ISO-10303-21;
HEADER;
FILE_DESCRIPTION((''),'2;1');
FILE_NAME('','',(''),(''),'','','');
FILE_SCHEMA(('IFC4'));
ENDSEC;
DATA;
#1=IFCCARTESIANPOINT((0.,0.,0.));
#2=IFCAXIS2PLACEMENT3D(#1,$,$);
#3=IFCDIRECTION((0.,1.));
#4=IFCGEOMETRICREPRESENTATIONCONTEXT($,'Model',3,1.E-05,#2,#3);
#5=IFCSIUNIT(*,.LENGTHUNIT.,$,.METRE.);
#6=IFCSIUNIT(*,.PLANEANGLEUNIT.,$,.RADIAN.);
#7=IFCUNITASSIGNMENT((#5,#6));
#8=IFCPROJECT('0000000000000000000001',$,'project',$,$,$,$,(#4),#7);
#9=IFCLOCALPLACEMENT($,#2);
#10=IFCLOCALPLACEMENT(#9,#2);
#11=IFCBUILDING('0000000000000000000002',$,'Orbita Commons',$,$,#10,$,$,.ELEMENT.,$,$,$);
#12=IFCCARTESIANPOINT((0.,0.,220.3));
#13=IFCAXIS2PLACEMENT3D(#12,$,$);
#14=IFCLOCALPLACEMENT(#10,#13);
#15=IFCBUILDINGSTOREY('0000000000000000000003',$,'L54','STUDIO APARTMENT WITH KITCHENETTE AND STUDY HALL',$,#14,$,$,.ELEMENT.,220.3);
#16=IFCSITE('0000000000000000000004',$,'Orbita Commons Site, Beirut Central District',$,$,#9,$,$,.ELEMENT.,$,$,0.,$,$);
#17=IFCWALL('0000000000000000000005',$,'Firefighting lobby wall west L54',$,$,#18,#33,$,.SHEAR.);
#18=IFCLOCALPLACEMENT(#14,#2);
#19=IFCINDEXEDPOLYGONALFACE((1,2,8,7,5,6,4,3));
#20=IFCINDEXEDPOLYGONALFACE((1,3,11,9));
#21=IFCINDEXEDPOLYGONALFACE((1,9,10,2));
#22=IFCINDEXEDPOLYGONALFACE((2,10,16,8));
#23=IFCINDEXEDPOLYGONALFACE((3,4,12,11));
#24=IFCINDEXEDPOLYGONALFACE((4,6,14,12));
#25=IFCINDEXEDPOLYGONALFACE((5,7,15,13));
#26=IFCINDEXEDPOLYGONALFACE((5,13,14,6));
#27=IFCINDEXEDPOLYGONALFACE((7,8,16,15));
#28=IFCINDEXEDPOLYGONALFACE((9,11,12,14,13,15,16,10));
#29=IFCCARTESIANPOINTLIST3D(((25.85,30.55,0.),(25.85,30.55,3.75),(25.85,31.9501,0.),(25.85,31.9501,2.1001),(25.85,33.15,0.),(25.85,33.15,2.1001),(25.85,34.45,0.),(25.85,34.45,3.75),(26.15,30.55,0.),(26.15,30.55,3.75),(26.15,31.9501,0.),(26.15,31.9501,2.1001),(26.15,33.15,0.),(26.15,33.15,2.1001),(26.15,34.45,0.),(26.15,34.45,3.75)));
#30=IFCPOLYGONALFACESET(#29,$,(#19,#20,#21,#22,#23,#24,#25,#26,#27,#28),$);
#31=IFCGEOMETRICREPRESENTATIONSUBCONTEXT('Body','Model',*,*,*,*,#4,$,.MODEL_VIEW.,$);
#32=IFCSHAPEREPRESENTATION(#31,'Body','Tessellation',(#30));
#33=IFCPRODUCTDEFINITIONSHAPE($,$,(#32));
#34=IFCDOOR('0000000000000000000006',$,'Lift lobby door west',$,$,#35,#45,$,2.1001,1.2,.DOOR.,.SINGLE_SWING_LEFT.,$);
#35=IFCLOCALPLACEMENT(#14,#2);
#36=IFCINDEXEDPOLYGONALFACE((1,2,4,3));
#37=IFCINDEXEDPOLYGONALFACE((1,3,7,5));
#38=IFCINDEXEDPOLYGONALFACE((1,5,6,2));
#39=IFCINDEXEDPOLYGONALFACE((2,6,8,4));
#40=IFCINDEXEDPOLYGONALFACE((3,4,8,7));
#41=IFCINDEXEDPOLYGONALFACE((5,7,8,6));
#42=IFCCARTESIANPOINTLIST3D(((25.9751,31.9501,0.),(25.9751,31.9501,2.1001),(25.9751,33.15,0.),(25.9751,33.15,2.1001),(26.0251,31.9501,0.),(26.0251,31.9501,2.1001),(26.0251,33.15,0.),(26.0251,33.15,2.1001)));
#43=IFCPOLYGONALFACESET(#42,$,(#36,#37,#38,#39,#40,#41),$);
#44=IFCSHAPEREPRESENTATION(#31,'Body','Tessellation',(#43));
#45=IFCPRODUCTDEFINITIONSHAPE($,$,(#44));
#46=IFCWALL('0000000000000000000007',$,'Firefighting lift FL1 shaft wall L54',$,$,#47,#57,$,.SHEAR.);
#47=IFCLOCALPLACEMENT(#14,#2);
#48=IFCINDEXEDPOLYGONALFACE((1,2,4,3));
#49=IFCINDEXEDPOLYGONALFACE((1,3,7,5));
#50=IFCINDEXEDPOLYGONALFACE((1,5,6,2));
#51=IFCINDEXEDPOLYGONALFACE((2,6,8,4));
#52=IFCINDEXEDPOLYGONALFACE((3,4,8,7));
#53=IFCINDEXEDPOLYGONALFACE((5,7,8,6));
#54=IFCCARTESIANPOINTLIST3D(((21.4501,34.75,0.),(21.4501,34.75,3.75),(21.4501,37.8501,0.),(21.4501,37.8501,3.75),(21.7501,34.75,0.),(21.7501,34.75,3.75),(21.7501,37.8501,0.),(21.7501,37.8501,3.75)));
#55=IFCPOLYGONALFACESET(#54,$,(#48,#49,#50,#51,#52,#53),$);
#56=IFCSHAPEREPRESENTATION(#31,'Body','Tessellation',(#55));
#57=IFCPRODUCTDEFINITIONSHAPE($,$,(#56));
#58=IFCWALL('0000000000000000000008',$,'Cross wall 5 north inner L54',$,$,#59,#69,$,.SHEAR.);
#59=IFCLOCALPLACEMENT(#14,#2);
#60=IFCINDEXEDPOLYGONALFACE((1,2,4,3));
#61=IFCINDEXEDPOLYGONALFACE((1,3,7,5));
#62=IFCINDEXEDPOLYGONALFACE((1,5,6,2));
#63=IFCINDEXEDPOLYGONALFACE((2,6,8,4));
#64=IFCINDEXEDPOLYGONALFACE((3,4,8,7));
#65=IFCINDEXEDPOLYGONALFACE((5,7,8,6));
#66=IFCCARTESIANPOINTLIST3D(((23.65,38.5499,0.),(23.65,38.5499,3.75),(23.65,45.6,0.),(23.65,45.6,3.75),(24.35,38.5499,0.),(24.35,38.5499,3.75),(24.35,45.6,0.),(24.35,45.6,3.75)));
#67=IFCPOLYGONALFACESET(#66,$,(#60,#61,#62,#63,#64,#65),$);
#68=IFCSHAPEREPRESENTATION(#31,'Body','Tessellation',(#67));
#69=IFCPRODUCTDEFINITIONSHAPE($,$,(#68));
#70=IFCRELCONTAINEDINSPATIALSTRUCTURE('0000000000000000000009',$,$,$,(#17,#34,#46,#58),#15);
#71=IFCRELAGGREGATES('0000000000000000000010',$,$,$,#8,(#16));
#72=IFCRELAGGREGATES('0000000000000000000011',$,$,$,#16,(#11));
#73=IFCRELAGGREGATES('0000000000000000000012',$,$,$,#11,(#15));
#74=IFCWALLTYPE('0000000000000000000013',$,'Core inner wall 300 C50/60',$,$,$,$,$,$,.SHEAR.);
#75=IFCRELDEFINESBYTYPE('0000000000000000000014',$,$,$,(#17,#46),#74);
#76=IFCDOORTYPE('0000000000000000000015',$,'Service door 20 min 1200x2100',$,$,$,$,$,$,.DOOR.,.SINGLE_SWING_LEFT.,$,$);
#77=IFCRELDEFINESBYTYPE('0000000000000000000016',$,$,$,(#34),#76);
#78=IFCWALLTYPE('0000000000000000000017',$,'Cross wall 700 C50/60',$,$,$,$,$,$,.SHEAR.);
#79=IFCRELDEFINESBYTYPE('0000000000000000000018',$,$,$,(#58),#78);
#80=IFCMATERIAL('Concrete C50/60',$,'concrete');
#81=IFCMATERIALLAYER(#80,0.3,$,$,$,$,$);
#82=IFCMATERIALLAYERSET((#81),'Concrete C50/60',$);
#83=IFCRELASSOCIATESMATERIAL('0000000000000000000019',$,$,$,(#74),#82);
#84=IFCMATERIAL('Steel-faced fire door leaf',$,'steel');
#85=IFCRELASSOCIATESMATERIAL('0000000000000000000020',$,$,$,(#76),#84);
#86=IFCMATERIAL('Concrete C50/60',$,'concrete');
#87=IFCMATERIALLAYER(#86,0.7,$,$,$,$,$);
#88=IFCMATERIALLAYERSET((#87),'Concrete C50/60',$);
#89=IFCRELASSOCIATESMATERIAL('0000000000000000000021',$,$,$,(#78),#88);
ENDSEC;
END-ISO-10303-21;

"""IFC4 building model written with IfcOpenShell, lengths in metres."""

from ifc_helpers import new_model, si_unit, direction, frame, frame_2d, origin, place, context, subcontext, project, spatial, rectangle, extrude, material, layer, layer_set, type_object, element, fill, save


model = new_model("IFC4")

# Units and contexts
model_context = context("Model", 3, precision=1e-05, world=origin(), true_north=direction((0.0, 1.0)))
body_context = subcontext(model_context, "Body", "Model", "MODEL_VIEW")
ifc_project = project(units=[si_unit("LENGTHUNIT", "METRE"), si_unit("PLANEANGLEUNIT", "RADIAN")], contexts=[model_context])

# Site, building, storey
site_placement = place(None, origin())
site = spatial("IfcSite", under=ifc_project, at=site_placement, Name="Orbita Commons Site, Beirut Central District", CompositionType="ELEMENT", RefElevation=0.0)
building_placement = place(site_placement, origin())
building = spatial("IfcBuilding", under=site, at=building_placement, Name="Orbita Commons", CompositionType="ELEMENT")
storey_placement = place(building_placement, frame((0.0, 0.0, 220.3)))
storey = spatial("IfcBuildingStorey", under=building, at=storey_placement, Name="L54", Description="STUDIO APARTMENT WITH KITCHENETTE AND STUDY HALL", CompositionType="ELEMENT", Elevation=220.3)

# Shared definitions
ifc_material_1 = material(Name="Concrete C50/60", Category="concrete")
ifc_layer_1 = layer(ifc_material_1, 0.3)
ifc_layer_set_1 = layer_set([ifc_layer_1], Name="Concrete C50/60")
wall_type_1 = type_object("IfcWallType", Name="Core inner wall 300 C50/60", PredefinedType="SHEAR", material=ifc_layer_set_1)

# Wall, opening, door
wall_1_placement = place(storey_placement, frame((26.0, 30.55, 0.0), z_axis=(0.0, 0.0, 1.0), x_axis=(0.0, 1.0, 0.0)))
wall_1 = element("IfcWall", 1, at=wall_1_placement, inside=storey, type_object=wall_type_1, Name="Firefighting lobby wall west L54", PredefinedType="SHEAR", context=body_context, shape_type="SweptSolid", body=[
    extrude(rectangle(XDim=3.8999, YDim=0.3, at=frame_2d((1.95, 0.0))), origin(), (0.0, 0.0, 1.0), 3.75),
])
opening_1_placement = place(wall_1_placement, frame((1.3999, 0.0, 0.0)))
opening_1 = element("IfcOpeningElement", 2, at=opening_1_placement, cuts=wall_1, PredefinedType="OPENING", context=body_context, shape_type="SweptSolid", body=[
    extrude(rectangle(XDim=1.2, YDim=2.1001, at=frame_2d((0.6001, 1.05))), frame((0.0, 0.1599, 0.0), z_axis=(0.0, -1.0, 0.0), x_axis=(1.0, 0.0, 0.0)), (0.0, 0.0, 1.0), 0.3201),
])
ifc_material_2 = material(Name="Steel-faced fire door leaf", Category="steel")
door_type_1 = type_object("IfcDoorType", Name="Service door 20 min 1200x2100", OperationType="SINGLE_SWING_LEFT", PredefinedType="DOOR", material=ifc_material_2)
door_1_placement = place(opening_1_placement, origin())
door_1 = element("IfcDoor", 3, at=door_1_placement, inside=storey, type_object=door_type_1, Name="Lift lobby door west", OperationType="SINGLE_SWING_LEFT", OverallHeight=2.1001, OverallWidth=1.2, PredefinedType="DOOR", context=body_context, shape_type="SweptSolid", body=[
    extrude(rectangle(XDim=1.2, YDim=2.1001, at=frame_2d((0.6001, 1.05))), frame((0.0, 0.0249, 0.0), z_axis=(0.0, -1.0, 0.0), x_axis=(1.0, 0.0, 0.0)), (0.0, 0.0, 1.0), 0.05),
])
fill(opening_1, door_1)

# Walls
wall_2_placement = place(storey_placement, frame((21.6001, 34.75, 0.0), z_axis=(0.0, 0.0, 1.0), x_axis=(0.0, 1.0, 0.0)))
element("IfcWall", 4, at=wall_2_placement, inside=storey, type_object=wall_type_1, Name="Firefighting lift FL1 shaft wall L54", PredefinedType="SHEAR", context=body_context, shape_type="SweptSolid", body=[
    extrude(rectangle(XDim=3.1001, YDim=0.3, at=frame_2d((1.55, 0.0))), origin(), (0.0, 0.0, 1.0), 3.75),
])
ifc_material_3 = material(Name="Concrete C50/60", Category="concrete")
ifc_layer_2 = layer(ifc_material_3, 0.7)
ifc_layer_set_2 = layer_set([ifc_layer_2], Name="Concrete C50/60")
wall_type_2 = type_object("IfcWallType", Name="Cross wall 700 C50/60", PredefinedType="SHEAR", material=ifc_layer_set_2)
wall_3_placement = place(storey_placement, frame((24.0, 38.55, 0.0), z_axis=(0.0, 0.0, 1.0), x_axis=(0.0, 1.0, 0.0)))
element("IfcWall", 5, at=wall_3_placement, inside=storey, type_object=wall_type_2, Name="Cross wall 5 north inner L54", PredefinedType="SHEAR", context=body_context, shape_type="SweptSolid", body=[
    extrude(rectangle(XDim=7.05, YDim=0.7, at=frame_2d((3.5249, 0.0))), origin(), (0.0, 0.0, 1.0), 3.75),
])

save(model, "model.ifc")
